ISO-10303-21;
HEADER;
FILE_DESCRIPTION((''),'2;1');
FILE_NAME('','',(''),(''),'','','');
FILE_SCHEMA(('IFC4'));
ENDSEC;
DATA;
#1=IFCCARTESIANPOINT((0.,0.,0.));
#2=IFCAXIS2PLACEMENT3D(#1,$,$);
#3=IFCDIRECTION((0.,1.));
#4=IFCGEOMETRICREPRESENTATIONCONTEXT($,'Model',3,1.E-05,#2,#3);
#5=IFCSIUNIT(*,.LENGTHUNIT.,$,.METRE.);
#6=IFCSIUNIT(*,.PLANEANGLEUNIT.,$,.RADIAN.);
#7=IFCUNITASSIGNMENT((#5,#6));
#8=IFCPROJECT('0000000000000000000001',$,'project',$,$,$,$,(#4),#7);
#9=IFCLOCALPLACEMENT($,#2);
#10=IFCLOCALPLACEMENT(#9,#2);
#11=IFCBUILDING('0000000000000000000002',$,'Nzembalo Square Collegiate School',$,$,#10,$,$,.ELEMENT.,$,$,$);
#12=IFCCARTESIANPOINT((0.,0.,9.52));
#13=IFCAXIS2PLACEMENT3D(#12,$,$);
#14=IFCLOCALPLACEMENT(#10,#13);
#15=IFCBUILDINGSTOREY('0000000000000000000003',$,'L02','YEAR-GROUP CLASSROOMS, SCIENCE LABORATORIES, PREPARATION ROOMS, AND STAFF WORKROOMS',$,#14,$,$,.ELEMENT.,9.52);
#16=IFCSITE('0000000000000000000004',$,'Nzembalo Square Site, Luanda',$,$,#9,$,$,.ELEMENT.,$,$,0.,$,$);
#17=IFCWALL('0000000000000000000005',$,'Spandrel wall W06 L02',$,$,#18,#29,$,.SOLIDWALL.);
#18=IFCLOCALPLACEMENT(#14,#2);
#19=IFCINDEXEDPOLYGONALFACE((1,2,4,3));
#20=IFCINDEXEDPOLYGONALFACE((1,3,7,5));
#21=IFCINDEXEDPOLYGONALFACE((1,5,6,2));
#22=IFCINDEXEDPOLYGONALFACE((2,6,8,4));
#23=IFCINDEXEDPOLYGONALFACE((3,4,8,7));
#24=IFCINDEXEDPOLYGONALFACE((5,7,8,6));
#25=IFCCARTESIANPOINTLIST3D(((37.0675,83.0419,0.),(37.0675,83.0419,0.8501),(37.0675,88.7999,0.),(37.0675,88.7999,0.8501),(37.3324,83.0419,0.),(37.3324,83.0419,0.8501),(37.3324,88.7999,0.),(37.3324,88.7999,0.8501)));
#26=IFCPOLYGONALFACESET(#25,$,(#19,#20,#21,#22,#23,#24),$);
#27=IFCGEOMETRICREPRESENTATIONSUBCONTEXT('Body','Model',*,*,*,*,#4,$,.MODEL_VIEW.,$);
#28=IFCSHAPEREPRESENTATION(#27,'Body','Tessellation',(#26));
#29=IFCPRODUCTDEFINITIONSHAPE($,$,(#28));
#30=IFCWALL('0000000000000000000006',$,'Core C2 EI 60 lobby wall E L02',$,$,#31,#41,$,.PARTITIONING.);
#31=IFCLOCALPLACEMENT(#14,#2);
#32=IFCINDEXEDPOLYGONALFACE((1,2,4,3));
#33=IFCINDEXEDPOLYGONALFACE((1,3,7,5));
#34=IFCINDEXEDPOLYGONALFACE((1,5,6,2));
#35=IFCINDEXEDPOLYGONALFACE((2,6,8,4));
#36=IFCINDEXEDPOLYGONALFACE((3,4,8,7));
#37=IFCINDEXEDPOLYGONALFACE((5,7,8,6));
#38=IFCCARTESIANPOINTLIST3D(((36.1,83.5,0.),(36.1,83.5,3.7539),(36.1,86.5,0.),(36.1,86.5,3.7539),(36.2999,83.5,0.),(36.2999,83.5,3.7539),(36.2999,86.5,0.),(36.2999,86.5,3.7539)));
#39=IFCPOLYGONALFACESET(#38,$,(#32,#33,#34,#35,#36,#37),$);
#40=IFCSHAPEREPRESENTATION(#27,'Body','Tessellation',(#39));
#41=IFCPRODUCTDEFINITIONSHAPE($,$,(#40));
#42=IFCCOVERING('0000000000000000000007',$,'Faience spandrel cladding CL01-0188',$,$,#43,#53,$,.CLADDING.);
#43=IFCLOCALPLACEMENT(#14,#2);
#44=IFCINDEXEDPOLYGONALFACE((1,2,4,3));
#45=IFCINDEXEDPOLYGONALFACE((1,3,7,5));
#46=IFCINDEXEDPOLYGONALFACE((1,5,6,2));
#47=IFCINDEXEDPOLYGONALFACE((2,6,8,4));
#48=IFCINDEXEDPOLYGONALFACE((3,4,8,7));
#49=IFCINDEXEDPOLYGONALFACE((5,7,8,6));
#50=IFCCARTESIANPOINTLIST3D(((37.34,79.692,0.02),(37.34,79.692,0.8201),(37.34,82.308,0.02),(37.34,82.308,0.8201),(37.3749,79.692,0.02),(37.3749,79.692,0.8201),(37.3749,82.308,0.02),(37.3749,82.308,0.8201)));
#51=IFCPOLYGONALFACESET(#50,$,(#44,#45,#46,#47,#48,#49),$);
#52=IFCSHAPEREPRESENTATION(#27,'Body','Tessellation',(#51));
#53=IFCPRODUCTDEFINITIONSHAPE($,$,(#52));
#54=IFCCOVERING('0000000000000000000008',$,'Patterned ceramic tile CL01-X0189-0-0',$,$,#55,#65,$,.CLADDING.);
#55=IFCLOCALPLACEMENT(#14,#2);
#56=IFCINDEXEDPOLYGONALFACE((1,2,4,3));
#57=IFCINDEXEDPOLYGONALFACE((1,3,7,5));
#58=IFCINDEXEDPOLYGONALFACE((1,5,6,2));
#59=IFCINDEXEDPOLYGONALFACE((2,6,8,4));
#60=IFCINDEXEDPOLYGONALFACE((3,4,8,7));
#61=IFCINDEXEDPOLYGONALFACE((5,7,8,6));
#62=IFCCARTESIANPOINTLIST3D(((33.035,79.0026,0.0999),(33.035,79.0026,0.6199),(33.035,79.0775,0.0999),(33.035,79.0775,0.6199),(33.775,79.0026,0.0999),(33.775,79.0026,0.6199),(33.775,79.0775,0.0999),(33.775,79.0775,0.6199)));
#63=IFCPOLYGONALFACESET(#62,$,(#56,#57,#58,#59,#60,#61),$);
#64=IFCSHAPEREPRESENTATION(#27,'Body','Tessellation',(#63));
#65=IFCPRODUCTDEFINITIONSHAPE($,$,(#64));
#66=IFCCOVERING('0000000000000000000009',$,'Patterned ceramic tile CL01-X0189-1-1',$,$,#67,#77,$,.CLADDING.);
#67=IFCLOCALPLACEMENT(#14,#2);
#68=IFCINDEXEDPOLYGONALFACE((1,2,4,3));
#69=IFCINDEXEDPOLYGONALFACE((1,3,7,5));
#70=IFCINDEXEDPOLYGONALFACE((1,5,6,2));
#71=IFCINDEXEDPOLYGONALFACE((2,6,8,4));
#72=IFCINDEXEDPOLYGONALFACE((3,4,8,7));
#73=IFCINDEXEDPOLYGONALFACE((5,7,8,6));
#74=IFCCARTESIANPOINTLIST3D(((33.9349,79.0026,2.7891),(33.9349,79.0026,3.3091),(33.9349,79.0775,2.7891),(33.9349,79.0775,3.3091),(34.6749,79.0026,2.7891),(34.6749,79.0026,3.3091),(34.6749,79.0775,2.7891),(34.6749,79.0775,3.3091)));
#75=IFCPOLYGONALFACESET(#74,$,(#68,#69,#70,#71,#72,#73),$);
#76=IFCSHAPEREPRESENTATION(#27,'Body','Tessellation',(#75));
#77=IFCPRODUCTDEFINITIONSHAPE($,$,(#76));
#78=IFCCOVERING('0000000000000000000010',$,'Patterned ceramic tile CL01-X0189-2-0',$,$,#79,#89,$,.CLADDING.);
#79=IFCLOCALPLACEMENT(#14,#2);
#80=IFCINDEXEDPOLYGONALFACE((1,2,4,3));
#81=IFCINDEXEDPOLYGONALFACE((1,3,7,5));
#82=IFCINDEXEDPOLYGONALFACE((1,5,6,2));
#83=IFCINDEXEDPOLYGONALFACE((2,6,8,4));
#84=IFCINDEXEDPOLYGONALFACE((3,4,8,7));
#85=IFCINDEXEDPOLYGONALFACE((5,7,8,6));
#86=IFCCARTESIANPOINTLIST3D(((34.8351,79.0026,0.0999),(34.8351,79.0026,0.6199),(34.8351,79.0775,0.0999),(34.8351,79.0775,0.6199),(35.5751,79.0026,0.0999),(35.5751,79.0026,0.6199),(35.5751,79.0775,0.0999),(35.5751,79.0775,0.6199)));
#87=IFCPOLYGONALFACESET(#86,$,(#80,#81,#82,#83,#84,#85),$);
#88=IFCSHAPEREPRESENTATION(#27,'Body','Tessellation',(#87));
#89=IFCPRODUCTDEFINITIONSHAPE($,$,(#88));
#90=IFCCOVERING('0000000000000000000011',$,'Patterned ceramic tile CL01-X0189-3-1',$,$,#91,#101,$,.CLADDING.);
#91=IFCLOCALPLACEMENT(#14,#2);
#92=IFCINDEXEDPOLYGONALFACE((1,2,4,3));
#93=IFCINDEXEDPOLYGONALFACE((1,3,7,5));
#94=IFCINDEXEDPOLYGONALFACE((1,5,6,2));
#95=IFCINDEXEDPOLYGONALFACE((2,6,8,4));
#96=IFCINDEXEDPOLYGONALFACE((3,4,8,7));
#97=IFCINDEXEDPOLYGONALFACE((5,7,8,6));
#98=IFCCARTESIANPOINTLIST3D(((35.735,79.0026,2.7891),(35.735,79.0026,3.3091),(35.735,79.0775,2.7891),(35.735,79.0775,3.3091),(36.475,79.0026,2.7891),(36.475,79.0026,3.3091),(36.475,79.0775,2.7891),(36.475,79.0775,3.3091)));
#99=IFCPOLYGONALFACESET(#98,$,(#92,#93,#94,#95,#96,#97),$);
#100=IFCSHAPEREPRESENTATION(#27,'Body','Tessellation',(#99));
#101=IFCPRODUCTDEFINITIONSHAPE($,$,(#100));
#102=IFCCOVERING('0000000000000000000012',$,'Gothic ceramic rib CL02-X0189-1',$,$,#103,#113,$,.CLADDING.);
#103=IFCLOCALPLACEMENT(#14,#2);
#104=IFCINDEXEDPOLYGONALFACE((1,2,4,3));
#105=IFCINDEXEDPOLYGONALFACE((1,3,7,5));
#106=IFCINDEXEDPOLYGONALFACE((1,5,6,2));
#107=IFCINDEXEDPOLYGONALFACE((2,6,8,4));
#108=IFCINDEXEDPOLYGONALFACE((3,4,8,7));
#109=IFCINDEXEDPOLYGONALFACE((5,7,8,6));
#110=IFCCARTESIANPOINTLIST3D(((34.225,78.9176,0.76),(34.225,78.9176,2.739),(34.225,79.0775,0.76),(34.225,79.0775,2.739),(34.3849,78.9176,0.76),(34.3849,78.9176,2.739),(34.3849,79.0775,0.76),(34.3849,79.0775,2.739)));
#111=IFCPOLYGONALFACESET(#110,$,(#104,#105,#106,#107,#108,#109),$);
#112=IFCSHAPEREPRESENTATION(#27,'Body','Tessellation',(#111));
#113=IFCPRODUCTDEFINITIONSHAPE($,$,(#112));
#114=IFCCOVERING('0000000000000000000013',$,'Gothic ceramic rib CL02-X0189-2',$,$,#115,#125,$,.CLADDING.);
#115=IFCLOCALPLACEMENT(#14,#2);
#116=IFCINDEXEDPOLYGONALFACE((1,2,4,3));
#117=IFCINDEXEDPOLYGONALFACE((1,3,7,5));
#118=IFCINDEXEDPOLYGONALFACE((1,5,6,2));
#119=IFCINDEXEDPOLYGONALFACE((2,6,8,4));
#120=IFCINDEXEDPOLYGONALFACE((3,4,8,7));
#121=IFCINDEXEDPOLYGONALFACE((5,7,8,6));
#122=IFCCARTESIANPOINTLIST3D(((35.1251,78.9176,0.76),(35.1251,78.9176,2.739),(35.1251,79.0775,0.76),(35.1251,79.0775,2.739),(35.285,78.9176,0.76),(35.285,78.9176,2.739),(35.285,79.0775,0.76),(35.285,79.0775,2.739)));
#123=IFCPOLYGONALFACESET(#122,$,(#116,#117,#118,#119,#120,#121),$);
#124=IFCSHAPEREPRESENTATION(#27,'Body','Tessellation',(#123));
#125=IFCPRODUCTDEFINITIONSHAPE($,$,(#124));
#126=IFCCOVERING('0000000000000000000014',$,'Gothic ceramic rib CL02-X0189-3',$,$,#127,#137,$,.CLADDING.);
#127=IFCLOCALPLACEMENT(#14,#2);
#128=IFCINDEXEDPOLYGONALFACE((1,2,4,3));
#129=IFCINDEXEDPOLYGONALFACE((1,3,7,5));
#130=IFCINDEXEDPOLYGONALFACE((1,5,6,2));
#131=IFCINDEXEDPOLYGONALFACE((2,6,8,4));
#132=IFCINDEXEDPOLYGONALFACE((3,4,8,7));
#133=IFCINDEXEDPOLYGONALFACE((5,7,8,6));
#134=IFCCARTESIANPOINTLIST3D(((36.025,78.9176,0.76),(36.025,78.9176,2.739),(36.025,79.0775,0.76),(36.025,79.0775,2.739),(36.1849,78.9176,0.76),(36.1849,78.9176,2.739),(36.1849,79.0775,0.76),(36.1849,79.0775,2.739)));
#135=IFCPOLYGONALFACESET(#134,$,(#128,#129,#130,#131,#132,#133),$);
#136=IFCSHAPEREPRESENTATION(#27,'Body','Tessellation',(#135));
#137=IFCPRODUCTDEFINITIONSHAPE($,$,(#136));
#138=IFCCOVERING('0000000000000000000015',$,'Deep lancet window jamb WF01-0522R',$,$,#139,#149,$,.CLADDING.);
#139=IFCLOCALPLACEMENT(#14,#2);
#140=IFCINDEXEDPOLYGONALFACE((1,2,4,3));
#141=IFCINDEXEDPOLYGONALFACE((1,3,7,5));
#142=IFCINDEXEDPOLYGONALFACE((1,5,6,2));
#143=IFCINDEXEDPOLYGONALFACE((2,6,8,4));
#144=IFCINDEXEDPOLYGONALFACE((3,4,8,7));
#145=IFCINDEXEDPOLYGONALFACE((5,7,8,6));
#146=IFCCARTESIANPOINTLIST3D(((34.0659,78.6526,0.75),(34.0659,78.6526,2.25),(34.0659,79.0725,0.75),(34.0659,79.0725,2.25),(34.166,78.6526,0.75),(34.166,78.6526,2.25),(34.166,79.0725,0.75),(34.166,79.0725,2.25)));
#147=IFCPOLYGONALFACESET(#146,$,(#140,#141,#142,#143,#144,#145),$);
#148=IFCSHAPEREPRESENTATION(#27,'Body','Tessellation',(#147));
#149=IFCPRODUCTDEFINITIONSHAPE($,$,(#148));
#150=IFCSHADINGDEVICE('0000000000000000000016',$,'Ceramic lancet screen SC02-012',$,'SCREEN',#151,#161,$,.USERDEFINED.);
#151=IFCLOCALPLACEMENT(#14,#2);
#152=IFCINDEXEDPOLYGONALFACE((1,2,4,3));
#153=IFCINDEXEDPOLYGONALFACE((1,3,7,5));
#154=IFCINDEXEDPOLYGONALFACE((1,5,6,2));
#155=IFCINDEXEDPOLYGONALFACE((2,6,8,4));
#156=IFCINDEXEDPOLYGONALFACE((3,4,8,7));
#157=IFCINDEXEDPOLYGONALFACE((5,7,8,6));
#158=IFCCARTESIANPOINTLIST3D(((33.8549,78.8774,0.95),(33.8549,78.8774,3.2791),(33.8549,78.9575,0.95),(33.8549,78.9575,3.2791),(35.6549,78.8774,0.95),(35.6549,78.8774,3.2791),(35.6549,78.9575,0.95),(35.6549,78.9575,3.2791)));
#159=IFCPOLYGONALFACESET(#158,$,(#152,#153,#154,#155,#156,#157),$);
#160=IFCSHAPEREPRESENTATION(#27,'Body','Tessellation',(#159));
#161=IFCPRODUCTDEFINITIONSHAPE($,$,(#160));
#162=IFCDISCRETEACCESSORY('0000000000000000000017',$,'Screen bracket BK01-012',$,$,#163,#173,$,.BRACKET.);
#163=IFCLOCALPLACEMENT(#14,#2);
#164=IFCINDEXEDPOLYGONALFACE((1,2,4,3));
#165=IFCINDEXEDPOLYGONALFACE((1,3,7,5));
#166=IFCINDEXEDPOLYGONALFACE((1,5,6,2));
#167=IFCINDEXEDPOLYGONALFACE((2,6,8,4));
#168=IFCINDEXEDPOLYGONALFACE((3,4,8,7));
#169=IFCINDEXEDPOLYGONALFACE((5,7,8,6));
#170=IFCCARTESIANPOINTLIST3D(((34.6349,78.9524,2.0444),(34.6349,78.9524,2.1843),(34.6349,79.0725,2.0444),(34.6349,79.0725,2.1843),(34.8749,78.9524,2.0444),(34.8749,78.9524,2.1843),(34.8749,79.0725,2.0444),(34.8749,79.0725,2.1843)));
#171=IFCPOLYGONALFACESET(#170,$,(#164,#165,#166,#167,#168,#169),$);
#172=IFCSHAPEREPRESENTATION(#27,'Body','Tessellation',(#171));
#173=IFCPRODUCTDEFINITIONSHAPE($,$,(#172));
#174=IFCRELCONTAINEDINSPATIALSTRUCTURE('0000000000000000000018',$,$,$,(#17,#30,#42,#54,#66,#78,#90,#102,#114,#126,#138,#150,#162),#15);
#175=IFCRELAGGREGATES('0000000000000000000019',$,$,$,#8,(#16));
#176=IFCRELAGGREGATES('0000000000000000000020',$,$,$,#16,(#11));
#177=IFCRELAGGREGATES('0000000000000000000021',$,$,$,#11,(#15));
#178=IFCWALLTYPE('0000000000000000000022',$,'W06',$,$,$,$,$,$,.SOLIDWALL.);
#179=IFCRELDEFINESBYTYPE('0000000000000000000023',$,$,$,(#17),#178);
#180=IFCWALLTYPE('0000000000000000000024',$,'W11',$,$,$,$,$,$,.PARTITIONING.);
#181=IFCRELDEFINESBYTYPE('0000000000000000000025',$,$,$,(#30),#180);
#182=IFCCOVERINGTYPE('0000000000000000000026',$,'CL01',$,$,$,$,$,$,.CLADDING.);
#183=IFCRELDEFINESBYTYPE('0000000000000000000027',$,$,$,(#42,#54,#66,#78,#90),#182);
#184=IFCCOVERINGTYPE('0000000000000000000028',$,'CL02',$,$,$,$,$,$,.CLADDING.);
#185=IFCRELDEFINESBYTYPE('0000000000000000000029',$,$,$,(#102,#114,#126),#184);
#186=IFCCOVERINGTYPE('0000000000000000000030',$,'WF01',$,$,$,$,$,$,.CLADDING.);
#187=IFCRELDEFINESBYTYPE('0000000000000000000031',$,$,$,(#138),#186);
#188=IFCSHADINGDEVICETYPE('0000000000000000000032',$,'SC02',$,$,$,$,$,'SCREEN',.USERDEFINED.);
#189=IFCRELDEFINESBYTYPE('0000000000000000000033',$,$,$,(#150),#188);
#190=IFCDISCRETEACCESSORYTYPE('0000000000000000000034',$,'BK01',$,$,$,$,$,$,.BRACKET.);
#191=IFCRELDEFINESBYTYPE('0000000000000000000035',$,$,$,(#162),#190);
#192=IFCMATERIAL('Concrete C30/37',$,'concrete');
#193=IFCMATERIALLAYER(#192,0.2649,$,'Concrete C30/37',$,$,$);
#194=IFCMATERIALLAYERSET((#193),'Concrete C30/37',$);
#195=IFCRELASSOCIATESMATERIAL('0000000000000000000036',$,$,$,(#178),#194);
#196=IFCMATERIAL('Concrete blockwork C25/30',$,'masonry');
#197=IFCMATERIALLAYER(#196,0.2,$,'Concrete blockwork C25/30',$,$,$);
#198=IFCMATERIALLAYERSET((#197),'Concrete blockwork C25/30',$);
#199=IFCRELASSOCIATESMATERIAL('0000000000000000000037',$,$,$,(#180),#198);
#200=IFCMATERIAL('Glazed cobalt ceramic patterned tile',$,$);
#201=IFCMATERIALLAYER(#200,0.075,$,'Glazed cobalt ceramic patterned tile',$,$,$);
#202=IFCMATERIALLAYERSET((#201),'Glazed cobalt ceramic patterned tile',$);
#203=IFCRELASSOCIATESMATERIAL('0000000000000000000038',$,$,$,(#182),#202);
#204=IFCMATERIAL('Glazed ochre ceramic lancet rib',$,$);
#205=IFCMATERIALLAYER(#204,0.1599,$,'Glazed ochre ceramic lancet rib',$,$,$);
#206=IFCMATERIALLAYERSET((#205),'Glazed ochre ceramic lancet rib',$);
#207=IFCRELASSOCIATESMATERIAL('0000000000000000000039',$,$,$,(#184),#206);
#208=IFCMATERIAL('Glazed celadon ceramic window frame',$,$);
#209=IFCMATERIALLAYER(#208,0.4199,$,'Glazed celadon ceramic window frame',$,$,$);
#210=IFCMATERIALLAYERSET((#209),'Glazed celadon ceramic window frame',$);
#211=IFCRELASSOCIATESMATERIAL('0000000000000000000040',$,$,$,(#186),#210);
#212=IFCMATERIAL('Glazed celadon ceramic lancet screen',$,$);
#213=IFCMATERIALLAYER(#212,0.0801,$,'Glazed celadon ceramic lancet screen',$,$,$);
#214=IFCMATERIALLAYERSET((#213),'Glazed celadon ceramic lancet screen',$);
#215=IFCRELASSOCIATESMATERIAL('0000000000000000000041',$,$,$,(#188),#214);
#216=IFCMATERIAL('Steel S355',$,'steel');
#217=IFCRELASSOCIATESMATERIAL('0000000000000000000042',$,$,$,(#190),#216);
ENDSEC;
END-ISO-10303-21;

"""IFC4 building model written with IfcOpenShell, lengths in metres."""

from ifc_helpers import new_model, si_unit, direction, frame, frame_2d, origin, origin_2d, place, context, subcontext, project, spatial, rectangle, extrude, material, layer, layer_set, type_object, element, save


model = new_model("IFC4")

# Units and contexts
model_context = context("Model", 3, precision=1e-05, world=origin(), true_north=direction((0.0, 1.0)))
body_context = subcontext(model_context, "Body", "Model", "MODEL_VIEW")
ifc_project = project(units=[si_unit("LENGTHUNIT", "METRE"), si_unit("PLANEANGLEUNIT", "RADIAN")], contexts=[model_context])

# Site, building, storey
site_placement = place(None, origin())
site = spatial("IfcSite", under=ifc_project, at=site_placement, Name="Nzembalo Square Site, Luanda", CompositionType="ELEMENT", RefElevation=0.0)
building_placement = place(site_placement, origin())
building = spatial("IfcBuilding", under=site, at=building_placement, Name="Nzembalo Square Collegiate School", CompositionType="ELEMENT")
storey_placement = place(building_placement, frame((0.0, 0.0, 9.52)))
storey = spatial("IfcBuildingStorey", under=building, at=storey_placement, Name="L02", Description="YEAR-GROUP CLASSROOMS, SCIENCE LABORATORIES, PREPARATION ROOMS, AND STAFF WORKROOMS", CompositionType="ELEMENT", Elevation=9.52)

# Walls
ifc_material_1 = material(Name="Concrete C30/37", Category="concrete")
ifc_layer_1 = layer(ifc_material_1, 0.2649, Name="Concrete C30/37")
ifc_layer_set_1 = layer_set([ifc_layer_1], Name="Concrete C30/37")
wall_type_1 = type_object("IfcWallType", Name="W06", PredefinedType="SOLIDWALL", material=ifc_layer_set_1)
wall_1_placement = place(storey_placement, frame((37.2, 83.042, 0.0), z_axis=(0.0, 0.0, 1.0), x_axis=(0.0, 1.0, 0.0)))
element("IfcWall", 1, at=wall_1_placement, inside=storey, type_object=wall_type_1, Name="Spandrel wall W06 L02", PredefinedType="SOLIDWALL", context=body_context, shape_type="SweptSolid", body=[
    extrude(rectangle(XDim=5.7581, YDim=0.2649, at=frame_2d((2.8789, 0.0))), origin(), (0.0, 0.0, 1.0), 0.8501),
])
ifc_material_2 = material(Name="Concrete blockwork C25/30", Category="masonry")
ifc_layer_2 = layer(ifc_material_2, 0.2, Name="Concrete blockwork C25/30")
ifc_layer_set_2 = layer_set([ifc_layer_2], Name="Concrete blockwork C25/30")
wall_type_2 = type_object("IfcWallType", Name="W11", PredefinedType="PARTITIONING", material=ifc_layer_set_2)
wall_2_placement = place(storey_placement, frame((36.2, 83.5, 0.0), z_axis=(0.0, 0.0, 1.0), x_axis=(0.0, 1.0, 0.0)))
element("IfcWall", 2, at=wall_2_placement, inside=storey, type_object=wall_type_2, Name="Core C2 EI 60 lobby wall E L02", PredefinedType="PARTITIONING", context=body_context, shape_type="SweptSolid", body=[
    extrude(rectangle(XDim=3.0, YDim=0.2, at=frame_2d((1.5, 0.0))), origin(), (0.0, 0.0, 1.0), 3.7539),
])

# Coverings
ifc_material_3 = material(Name="Glazed cobalt ceramic patterned tile")
ifc_layer_3 = layer(ifc_material_3, 0.075, Name="Glazed cobalt ceramic patterned tile")
ifc_layer_set_3 = layer_set([ifc_layer_3], Name="Glazed cobalt ceramic patterned tile")
covering_type_1 = type_object("IfcCoveringType", Name="CL01", PredefinedType="CLADDING", material=ifc_layer_set_3)
covering_1_placement = place(storey_placement, frame((37.3574, 81.0, 0.02), z_axis=(0.0, 0.0, 1.0), x_axis=(1.0, 0.0, 0.0)))
element("IfcCovering", 3, at=covering_1_placement, inside=storey, type_object=covering_type_1, Name="Faience spandrel cladding CL01-0188", PredefinedType="CLADDING", context=body_context, shape_type="SweptSolid", body=[
    extrude(rectangle(XDim=0.0349, YDim=2.616, at=origin_2d()), origin(), (0.0, 0.0, 1.0), 0.8),
])
for number, where, z_axis, x_axis, name in (
    (4, (33.405, 79.04, 0.0999), (0.0, 0.0, 1.0), (1.0, 0.0, 0.0), "Patterned ceramic tile CL01-X0189-0-0"),
    (5, (34.3049, 79.04, 2.7891), (0.0, 0.0, 1.0), (1.0, 0.0, 0.0), "Patterned ceramic tile CL01-X0189-1-1"),
    (6, (35.2051, 79.04, 0.0999), (0.0, 0.0, 1.0), (1.0, 0.0, 0.0), "Patterned ceramic tile CL01-X0189-2-0"),
    (7, (36.105, 79.04, 2.7891), (0.0, 0.0, 1.0), (1.0, 0.0, 0.0), "Patterned ceramic tile CL01-X0189-3-1"),
):
    element("IfcCovering", number, at=place(storey_placement, frame(where, z_axis=z_axis, x_axis=x_axis)), inside=storey, type_object=covering_type_1, Name=name, PredefinedType="CLADDING", context=body_context, shape_type="SweptSolid", body=[
        extrude(rectangle(XDim=0.74, YDim=0.075, at=origin_2d()), origin(), (0.0, 0.0, 1.0), 0.52),
    ])
ifc_material_4 = material(Name="Glazed ochre ceramic lancet rib")
ifc_layer_4 = layer(ifc_material_4, 0.1599, Name="Glazed ochre ceramic lancet rib")
ifc_layer_set_4 = layer_set([ifc_layer_4], Name="Glazed ochre ceramic lancet rib")
covering_type_2 = type_object("IfcCoveringType", Name="CL02", PredefinedType="CLADDING", material=ifc_layer_set_4)
for number, where, z_axis, x_axis, name in (
    (8, (34.3049, 78.9976, 0.76), (0.0, 0.0, 1.0), (1.0, 0.0, 0.0), "Gothic ceramic rib CL02-X0189-1"),
    (9, (35.2051, 78.9976, 0.76), (0.0, 0.0, 1.0), (1.0, 0.0, 0.0), "Gothic ceramic rib CL02-X0189-2"),
    (10, (36.105, 78.9976, 0.76), (0.0, 0.0, 1.0), (1.0, 0.0, 0.0), "Gothic ceramic rib CL02-X0189-3"),
):
    element("IfcCovering", number, at=place(storey_placement, frame(where, z_axis=z_axis, x_axis=x_axis)), inside=storey, type_object=covering_type_2, Name=name, PredefinedType="CLADDING", context=body_context, shape_type="SweptSolid", body=[
        extrude(rectangle(XDim=0.1599, YDim=0.1599, at=origin_2d()), origin(), (0.0, 0.0, 1.0), 1.979),
    ])
ifc_material_5 = material(Name="Glazed celadon ceramic window frame")
ifc_layer_5 = layer(ifc_material_5, 0.4199, Name="Glazed celadon ceramic window frame")
ifc_layer_set_5 = layer_set([ifc_layer_5], Name="Glazed celadon ceramic window frame")
covering_type_3 = type_object("IfcCoveringType", Name="WF01", PredefinedType="CLADDING", material=ifc_layer_set_5)
covering_2_placement = place(storey_placement, frame((34.116, 78.8625, 0.75), z_axis=(0.0, 0.0, 1.0), x_axis=(1.0, 0.0, 0.0)))
element("IfcCovering", 11, at=covering_2_placement, inside=storey, type_object=covering_type_3, Name="Deep lancet window jamb WF01-0522R", PredefinedType="CLADDING", context=body_context, shape_type="SweptSolid", body=[
    extrude(rectangle(XDim=0.1001, YDim=0.4199, at=origin_2d()), origin(), (0.0, 0.0, 1.0), 1.5),
])

# Shading device
ifc_material_6 = material(Name="Glazed celadon ceramic lancet screen")
ifc_layer_6 = layer(ifc_material_6, 0.0801, Name="Glazed celadon ceramic lancet screen")
ifc_layer_set_6 = layer_set([ifc_layer_6], Name="Glazed celadon ceramic lancet screen")
shading_device_type = type_object("IfcShadingDeviceType", Name="SC02", ElementType="SCREEN", PredefinedType="USERDEFINED", material=ifc_layer_set_6)
shading_device_placement = place(storey_placement, frame((34.7549, 78.9175, 0.95), z_axis=(0.0, 0.0, 1.0), x_axis=(1.0, 0.0, 0.0)))
element("IfcShadingDevice", 12, at=shading_device_placement, inside=storey, type_object=shading_device_type, Name="Ceramic lancet screen SC02-012", ObjectType="SCREEN", PredefinedType="USERDEFINED", context=body_context, shape_type="SweptSolid", body=[
    extrude(rectangle(XDim=1.8, YDim=0.0801, at=origin_2d()), origin(), (0.0, 0.0, 1.0), 2.3291),
])

# Discrete accessory
ifc_material_7 = material(Name="Steel S355", Category="steel")
discrete_accessory_type = type_object("IfcDiscreteAccessoryType", Name="BK01", PredefinedType="BRACKET", material=ifc_material_7)
discrete_accessory_placement = place(storey_placement, frame((34.7549, 79.0125, 2.0444), z_axis=(0.0, 0.0, 1.0), x_axis=(1.0, 0.0, 0.0)))
element("IfcDiscreteAccessory", 13, at=discrete_accessory_placement, inside=storey, type_object=discrete_accessory_type, Name="Screen bracket BK01-012", PredefinedType="BRACKET", context=body_context, shape_type="SweptSolid", body=[
    extrude(rectangle(XDim=0.24, YDim=0.1201, at=origin_2d()), origin(), (0.0, 0.0, 1.0), 0.1399),
])

save(model, "model.ifc")
